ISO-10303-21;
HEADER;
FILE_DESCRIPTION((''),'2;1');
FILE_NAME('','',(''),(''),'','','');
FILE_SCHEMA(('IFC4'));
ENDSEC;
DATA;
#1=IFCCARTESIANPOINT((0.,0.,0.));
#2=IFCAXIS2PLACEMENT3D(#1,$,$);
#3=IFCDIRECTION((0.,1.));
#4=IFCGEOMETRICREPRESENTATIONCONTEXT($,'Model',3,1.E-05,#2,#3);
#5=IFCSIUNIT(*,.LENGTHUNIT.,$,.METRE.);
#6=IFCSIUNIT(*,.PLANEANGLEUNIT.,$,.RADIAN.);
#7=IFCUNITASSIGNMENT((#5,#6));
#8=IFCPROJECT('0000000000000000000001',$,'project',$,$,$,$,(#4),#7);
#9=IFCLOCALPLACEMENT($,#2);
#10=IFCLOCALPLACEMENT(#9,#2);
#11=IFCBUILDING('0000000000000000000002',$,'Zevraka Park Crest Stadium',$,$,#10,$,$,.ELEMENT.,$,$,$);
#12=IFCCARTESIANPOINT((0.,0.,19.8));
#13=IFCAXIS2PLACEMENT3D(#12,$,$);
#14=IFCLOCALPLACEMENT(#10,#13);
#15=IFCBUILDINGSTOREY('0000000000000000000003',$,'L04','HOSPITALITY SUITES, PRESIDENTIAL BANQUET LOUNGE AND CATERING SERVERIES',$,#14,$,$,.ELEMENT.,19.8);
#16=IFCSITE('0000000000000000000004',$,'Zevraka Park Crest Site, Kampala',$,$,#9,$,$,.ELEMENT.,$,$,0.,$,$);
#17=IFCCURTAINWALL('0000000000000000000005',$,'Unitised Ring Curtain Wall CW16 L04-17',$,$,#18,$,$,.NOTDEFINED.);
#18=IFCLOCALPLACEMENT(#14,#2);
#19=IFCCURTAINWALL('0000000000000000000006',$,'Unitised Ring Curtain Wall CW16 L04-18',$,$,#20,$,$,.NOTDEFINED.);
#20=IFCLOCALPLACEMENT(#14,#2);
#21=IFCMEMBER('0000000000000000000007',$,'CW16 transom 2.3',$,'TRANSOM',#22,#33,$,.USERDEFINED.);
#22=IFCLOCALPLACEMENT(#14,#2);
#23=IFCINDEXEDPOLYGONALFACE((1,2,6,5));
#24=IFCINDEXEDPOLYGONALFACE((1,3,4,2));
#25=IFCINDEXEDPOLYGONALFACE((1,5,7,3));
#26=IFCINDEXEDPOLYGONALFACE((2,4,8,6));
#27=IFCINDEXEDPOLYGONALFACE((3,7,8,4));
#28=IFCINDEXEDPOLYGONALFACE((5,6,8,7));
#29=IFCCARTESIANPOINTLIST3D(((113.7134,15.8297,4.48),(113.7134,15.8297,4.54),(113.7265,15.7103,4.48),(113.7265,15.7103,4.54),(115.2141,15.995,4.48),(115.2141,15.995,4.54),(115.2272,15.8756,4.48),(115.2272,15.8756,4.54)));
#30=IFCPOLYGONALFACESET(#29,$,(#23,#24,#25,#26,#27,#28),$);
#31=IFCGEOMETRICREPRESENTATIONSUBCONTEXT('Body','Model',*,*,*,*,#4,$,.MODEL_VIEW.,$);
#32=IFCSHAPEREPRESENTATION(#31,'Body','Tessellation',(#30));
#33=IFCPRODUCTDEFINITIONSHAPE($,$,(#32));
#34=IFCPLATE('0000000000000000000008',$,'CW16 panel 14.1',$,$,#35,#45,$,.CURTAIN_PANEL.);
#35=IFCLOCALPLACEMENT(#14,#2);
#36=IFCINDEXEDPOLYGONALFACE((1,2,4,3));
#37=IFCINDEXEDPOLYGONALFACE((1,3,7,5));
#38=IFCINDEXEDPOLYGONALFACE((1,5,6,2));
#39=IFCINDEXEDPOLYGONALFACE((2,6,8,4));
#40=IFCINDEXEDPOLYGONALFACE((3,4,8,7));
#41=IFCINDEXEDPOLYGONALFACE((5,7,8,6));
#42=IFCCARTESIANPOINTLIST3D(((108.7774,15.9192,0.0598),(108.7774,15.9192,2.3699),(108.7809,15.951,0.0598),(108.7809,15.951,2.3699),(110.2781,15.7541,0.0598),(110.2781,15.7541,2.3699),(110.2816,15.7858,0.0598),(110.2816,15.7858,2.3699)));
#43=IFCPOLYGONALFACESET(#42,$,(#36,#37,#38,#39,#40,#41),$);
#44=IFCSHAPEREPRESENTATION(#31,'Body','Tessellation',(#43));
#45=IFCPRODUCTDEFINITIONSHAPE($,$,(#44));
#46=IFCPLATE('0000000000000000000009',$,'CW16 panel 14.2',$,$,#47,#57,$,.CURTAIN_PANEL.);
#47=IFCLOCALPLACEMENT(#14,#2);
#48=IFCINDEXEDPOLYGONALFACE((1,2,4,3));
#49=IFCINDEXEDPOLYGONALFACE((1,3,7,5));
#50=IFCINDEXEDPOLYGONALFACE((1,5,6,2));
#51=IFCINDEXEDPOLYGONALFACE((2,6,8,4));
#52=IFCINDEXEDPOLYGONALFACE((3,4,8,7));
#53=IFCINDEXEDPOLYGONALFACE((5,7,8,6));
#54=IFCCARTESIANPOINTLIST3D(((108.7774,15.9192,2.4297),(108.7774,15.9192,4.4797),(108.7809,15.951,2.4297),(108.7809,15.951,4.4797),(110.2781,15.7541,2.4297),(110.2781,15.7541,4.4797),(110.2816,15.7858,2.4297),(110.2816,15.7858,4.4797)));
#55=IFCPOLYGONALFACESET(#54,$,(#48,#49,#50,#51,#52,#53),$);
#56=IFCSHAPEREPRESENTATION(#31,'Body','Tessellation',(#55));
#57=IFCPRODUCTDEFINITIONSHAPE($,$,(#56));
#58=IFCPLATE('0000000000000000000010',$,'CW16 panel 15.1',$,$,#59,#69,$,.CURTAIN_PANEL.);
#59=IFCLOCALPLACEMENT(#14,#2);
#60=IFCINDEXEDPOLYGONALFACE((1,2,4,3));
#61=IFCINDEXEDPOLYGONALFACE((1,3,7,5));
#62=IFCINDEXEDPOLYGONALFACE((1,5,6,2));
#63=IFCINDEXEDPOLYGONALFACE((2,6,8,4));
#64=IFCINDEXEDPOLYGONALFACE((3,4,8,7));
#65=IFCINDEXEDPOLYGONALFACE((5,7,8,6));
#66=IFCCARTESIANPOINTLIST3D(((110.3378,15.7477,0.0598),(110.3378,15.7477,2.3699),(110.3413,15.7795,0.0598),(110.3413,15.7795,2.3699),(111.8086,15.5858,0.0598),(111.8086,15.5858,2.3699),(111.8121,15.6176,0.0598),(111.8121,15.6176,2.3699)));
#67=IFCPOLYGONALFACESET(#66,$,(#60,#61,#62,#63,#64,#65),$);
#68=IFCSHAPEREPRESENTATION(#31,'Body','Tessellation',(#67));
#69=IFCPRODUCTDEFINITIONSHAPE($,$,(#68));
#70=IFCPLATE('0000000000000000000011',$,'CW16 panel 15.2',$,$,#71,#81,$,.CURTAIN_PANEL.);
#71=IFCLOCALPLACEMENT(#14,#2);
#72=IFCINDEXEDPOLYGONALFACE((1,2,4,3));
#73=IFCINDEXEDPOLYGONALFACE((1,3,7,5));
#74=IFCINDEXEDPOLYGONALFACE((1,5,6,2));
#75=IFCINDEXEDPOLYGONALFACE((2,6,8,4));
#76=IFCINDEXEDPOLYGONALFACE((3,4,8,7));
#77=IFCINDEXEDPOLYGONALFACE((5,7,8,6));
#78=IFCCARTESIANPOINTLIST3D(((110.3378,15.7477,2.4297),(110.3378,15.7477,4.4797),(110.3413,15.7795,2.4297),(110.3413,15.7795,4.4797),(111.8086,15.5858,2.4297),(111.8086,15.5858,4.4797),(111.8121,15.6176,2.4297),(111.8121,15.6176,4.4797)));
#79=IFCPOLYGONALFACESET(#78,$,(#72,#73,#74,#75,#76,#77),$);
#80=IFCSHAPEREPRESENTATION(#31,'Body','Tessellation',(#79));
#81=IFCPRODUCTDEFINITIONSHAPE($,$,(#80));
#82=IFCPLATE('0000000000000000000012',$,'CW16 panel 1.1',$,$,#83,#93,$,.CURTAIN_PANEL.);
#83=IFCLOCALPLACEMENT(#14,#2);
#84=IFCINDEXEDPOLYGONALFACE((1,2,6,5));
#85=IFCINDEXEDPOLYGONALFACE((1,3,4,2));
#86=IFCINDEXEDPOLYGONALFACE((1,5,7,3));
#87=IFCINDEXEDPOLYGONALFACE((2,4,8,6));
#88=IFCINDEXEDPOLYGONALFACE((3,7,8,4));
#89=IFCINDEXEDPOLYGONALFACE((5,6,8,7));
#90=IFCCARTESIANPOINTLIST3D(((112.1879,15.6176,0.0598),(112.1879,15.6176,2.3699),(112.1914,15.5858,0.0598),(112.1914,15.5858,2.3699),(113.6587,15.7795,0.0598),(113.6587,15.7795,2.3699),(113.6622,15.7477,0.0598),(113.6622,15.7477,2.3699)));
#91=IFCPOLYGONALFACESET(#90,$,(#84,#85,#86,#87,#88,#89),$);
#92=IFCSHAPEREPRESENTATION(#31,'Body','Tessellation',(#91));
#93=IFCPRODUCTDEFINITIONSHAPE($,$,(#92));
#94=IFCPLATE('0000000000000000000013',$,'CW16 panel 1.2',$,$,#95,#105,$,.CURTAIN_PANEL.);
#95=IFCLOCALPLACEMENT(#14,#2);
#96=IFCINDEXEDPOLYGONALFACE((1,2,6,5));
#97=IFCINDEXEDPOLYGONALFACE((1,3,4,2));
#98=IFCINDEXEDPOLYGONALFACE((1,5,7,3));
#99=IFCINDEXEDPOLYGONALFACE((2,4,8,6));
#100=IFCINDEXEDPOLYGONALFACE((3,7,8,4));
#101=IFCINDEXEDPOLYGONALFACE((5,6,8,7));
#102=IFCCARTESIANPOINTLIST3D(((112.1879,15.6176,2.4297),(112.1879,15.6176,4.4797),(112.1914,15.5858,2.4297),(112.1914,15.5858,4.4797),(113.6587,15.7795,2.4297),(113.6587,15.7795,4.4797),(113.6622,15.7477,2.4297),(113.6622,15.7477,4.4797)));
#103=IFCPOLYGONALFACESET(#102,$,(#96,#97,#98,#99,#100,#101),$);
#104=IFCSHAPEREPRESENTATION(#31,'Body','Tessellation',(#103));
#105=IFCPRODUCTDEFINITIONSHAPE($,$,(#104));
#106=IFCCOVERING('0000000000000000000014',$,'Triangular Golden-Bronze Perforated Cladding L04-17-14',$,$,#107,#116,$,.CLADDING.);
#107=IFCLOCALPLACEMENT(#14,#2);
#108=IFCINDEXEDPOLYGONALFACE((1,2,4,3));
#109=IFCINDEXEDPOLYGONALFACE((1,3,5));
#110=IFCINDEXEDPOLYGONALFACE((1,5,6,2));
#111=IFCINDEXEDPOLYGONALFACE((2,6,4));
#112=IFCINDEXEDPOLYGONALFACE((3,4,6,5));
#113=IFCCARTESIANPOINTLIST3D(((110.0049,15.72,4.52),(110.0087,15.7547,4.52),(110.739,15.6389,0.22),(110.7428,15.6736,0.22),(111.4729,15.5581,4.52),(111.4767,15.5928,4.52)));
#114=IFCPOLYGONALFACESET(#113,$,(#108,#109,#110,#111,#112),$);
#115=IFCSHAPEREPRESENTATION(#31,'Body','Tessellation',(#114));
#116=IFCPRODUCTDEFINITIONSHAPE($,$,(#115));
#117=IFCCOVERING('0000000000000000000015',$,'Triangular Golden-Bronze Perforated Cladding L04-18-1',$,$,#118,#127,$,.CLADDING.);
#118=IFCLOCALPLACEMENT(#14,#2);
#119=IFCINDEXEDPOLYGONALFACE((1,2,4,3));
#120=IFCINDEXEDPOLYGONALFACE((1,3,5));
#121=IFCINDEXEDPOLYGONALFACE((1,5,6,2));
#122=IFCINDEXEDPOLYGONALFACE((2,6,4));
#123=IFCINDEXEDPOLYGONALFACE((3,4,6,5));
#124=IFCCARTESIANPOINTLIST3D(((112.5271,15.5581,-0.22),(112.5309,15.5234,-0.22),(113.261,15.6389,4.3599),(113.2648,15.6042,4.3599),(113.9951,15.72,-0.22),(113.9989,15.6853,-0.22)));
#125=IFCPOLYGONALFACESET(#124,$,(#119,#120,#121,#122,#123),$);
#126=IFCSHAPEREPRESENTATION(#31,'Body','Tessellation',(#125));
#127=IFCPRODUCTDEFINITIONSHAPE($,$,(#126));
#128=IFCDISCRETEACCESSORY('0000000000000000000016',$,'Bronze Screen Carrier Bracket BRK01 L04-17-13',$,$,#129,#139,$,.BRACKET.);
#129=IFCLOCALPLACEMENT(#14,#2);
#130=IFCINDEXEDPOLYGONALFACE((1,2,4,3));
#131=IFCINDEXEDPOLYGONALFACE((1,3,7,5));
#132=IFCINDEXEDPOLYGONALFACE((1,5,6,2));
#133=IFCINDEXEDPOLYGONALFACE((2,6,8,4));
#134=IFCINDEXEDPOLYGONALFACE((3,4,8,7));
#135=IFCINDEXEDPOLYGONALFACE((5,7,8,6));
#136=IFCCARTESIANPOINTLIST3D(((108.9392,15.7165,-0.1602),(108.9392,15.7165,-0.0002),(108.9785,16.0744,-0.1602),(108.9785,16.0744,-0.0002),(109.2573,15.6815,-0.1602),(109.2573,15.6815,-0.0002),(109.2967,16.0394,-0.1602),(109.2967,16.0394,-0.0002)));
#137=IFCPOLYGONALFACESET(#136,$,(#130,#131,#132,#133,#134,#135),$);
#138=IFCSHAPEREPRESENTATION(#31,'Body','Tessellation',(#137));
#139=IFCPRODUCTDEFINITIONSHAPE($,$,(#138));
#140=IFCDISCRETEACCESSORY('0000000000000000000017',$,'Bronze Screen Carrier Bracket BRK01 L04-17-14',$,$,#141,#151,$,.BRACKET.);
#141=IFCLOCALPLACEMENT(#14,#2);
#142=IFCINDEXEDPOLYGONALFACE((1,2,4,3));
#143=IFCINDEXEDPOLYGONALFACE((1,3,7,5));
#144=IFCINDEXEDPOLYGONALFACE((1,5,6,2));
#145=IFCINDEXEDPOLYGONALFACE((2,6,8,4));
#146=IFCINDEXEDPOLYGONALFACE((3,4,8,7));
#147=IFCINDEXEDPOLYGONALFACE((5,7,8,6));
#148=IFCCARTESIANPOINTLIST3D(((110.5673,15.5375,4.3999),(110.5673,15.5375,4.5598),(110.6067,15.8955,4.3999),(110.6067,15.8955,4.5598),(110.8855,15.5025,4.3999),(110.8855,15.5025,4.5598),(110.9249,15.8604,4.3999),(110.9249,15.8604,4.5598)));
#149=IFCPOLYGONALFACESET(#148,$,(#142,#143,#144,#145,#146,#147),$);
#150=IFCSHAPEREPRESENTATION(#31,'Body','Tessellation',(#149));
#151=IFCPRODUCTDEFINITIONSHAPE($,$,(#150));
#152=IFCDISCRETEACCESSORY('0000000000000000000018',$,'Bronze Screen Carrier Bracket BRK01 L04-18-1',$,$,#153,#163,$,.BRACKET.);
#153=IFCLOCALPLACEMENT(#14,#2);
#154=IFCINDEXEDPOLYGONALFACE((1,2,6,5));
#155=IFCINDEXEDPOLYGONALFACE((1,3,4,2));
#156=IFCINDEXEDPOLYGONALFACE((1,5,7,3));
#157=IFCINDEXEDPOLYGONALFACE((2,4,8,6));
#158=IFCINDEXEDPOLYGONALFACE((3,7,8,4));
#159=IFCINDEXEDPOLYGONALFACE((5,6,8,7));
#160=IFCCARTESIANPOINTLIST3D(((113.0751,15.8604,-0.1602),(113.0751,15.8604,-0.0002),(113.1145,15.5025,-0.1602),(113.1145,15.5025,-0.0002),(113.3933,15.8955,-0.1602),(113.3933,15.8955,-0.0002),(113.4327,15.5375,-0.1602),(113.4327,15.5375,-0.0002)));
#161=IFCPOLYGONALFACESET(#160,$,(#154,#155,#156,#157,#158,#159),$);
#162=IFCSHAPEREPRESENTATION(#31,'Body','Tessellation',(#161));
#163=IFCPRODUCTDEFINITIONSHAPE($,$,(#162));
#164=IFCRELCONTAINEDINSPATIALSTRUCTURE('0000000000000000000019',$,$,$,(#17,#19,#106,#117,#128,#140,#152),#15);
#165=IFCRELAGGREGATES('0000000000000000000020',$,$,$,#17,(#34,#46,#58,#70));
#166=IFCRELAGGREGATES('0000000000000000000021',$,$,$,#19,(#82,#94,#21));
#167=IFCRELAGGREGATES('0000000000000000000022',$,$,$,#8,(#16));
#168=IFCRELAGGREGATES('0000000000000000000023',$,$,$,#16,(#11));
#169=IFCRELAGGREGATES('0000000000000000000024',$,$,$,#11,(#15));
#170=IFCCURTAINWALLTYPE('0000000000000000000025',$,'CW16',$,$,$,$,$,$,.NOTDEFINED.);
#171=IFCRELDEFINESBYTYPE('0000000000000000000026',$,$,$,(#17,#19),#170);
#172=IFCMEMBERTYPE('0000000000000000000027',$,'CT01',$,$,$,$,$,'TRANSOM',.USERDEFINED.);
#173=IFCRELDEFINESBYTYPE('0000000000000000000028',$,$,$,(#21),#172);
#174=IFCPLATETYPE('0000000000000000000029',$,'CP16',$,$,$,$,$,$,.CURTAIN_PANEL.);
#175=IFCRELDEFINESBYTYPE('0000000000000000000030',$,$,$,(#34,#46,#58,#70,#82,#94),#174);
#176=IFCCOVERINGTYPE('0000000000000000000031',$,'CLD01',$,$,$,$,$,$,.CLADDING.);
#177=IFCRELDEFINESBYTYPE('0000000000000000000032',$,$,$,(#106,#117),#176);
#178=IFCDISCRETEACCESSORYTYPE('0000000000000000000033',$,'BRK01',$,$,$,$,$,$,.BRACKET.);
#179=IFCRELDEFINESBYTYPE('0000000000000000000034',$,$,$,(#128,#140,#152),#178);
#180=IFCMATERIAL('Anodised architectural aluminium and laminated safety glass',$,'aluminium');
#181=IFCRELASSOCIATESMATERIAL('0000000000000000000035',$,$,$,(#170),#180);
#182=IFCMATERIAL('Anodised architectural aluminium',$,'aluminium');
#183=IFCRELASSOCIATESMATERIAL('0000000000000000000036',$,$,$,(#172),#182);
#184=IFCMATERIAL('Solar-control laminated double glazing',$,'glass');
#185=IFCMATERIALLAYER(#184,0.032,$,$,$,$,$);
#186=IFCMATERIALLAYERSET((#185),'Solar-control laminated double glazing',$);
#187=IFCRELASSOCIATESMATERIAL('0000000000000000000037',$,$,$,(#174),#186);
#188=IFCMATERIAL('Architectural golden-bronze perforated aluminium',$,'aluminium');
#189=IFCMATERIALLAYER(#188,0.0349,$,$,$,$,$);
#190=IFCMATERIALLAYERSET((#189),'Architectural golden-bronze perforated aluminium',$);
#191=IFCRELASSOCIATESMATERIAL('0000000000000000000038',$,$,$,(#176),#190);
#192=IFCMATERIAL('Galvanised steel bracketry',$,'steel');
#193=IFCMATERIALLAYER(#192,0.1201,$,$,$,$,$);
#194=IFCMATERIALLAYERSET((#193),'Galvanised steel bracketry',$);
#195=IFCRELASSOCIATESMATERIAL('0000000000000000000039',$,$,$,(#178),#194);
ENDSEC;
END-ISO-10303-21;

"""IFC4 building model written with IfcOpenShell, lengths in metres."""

from ifc_helpers import new_model, si_unit, direction, frame, origin, origin_2d, place, context, subcontext, project, spatial, polyline, rectangle, outline, extrude, material, layer, layer_set, material_profile, profile_set, type_object, element, aggregate, save


model = new_model("IFC4")

# Units and contexts
model_context = context("Model", 3, precision=1e-05, world=origin(), true_north=direction((0.0, 1.0)))
body_context = subcontext(model_context, "Body", "Model", "MODEL_VIEW")
ifc_project = project(units=[si_unit("LENGTHUNIT", "METRE"), si_unit("PLANEANGLEUNIT", "RADIAN")], contexts=[model_context])

# Site, building, storey
site_placement = place(None, origin())
site = spatial("IfcSite", under=ifc_project, at=site_placement, Name="Zevraka Park Crest Site, Kampala", CompositionType="ELEMENT", RefElevation=0.0)
building_placement = place(site_placement, origin())
building = spatial("IfcBuilding", under=site, at=building_placement, Name="Zevraka Park Crest Stadium", CompositionType="ELEMENT")
storey_placement = place(building_placement, frame((0.0, 0.0, 19.8)))
storey = spatial("IfcBuildingStorey", under=building, at=storey_placement, Name="L04", Description="HOSPITALITY SUITES, PRESIDENTIAL BANQUET LOUNGE AND CATERING SERVERIES", CompositionType="ELEMENT", Elevation=19.8)

# Curtain walls
ifc_material_1 = material(Name="Anodised architectural aluminium and laminated safety glass", Category="aluminium")
curtain_wall_type = type_object("IfcCurtainWallType", Name="CW16", PredefinedType="NOTDEFINED", material=ifc_material_1)
curtain_wall_1_placement = place(storey_placement, origin())
curtain_wall_1 = element("IfcCurtainWall", 1, at=curtain_wall_1_placement, inside=storey, type_object=curtain_wall_type, Name="Unitised Ring Curtain Wall CW16 L04-17", PredefinedType="NOTDEFINED")
curtain_wall_2_placement = place(storey_placement, origin())
curtain_wall_2 = element("IfcCurtainWall", 2, at=curtain_wall_2_placement, inside=storey, type_object=curtain_wall_type, Name="Unitised Ring Curtain Wall CW16 L04-18", PredefinedType="NOTDEFINED")

# Member
ifc_material_2 = material(Name="Anodised architectural aluminium", Category="aluminium")
ifc_material_profile_1 = material_profile(ifc_material_2, rectangle(XDim=0.1201, YDim=0.0601, at=origin_2d()), Name="ALU TRANSOM 120x60")
ifc_profile_set_1 = profile_set([ifc_material_profile_1], Name="Anodised architectural aluminium")
member_type_1 = type_object("IfcMemberType", Name="CT01", ElementType="TRANSOM", PredefinedType="USERDEFINED", material=ifc_profile_set_1)
member_1_placement = place(storey_placement, frame((113.72, 15.77, 4.51), z_axis=(0.99399, 0.109473, 0.0), x_axis=(-0.109473, 0.99399, 0.0)))
member_1 = element("IfcMember", 3, at=member_1_placement, type_object=member_type_1, Name="CW16 transom 2.3", ObjectType="TRANSOM", PredefinedType="USERDEFINED", context=body_context, shape_type="SweptSolid", body=[
    extrude(rectangle(XDim=0.1201, YDim=0.0601, at=origin_2d()), origin(), (0.0, 0.0, 1.0), 1.5098),
])

# Plates
ifc_material_3 = material(Name="Solar-control laminated double glazing", Category="glass")
ifc_layer_1 = layer(ifc_material_3, 0.032)
ifc_layer_set_1 = layer_set([ifc_layer_1], Name="Solar-control laminated double glazing")
plate_type = type_object("IfcPlateType", Name="CP16", PredefinedType="CURTAIN_PANEL", material=ifc_layer_set_1)
plate_1_placement = place(storey_placement, frame((109.5295, 15.8525, 0.0598), z_axis=(0.0, 0.0, 1.0), x_axis=(0.993997, -0.109406, 0.0)))
plate_1 = element("IfcPlate", 4, at=plate_1_placement, type_object=plate_type, Name="CW16 panel 14.1", PredefinedType="CURTAIN_PANEL", context=body_context, shape_type="SweptSolid", body=[
    extrude(rectangle(XDim=1.5098, YDim=0.032, at=origin_2d()), origin(), (0.0, 0.0, 1.0), 2.3101),
])
plate_2_placement = place(storey_placement, frame((109.5295, 15.8525, 2.4297), z_axis=(0.0, 0.0, 1.0), x_axis=(0.993997, -0.109406, 0.0)))
plate_2 = element("IfcPlate", 5, at=plate_2_placement, type_object=plate_type, Name="CW16 panel 14.2", PredefinedType="CURTAIN_PANEL", context=body_context, shape_type="SweptSolid", body=[
    extrude(rectangle(XDim=1.5098, YDim=0.032, at=origin_2d()), origin(), (0.0, 0.0, 1.0), 2.05),
])
plate_3_placement = place(storey_placement, frame((111.075, 15.6826, 0.0598), z_axis=(0.0, 0.0, 1.0), x_axis=(0.993997, -0.109406, 0.0)))
plate_3 = element("IfcPlate", 6, at=plate_3_placement, type_object=plate_type, Name="CW16 panel 15.1", PredefinedType="CURTAIN_PANEL", context=body_context, shape_type="SweptSolid", body=[
    extrude(rectangle(XDim=1.4797, YDim=0.032, at=origin_2d()), origin(), (0.0, 0.0, 1.0), 2.3101),
])
plate_4_placement = place(storey_placement, frame((111.075, 15.6826, 2.4297), z_axis=(0.0, 0.0, 1.0), x_axis=(0.993997, -0.109406, 0.0)))
plate_4 = element("IfcPlate", 7, at=plate_4_placement, type_object=plate_type, Name="CW16 panel 15.2", PredefinedType="CURTAIN_PANEL", context=body_context, shape_type="SweptSolid", body=[
    extrude(rectangle(XDim=1.4797, YDim=0.032, at=origin_2d()), origin(), (0.0, 0.0, 1.0), 2.05),
])
aggregate(curtain_wall_1, [plate_1, plate_2, plate_3, plate_4])
plate_5_placement = place(storey_placement, frame((112.925, 15.6826, 0.0598), z_axis=(0.0, 0.0, 1.0), x_axis=(0.993997, 0.109406, 0.0)))
plate_5 = element("IfcPlate", 8, at=plate_5_placement, type_object=plate_type, Name="CW16 panel 1.1", PredefinedType="CURTAIN_PANEL", context=body_context, shape_type="SweptSolid", body=[
    extrude(rectangle(XDim=1.4797, YDim=0.032, at=origin_2d()), origin(), (0.0, 0.0, 1.0), 2.3101),
])
plate_6_placement = place(storey_placement, frame((112.925, 15.6826, 2.4297), z_axis=(0.0, 0.0, 1.0), x_axis=(0.993997, 0.109406, 0.0)))
plate_6 = element("IfcPlate", 9, at=plate_6_placement, type_object=plate_type, Name="CW16 panel 1.2", PredefinedType="CURTAIN_PANEL", context=body_context, shape_type="SweptSolid", body=[
    extrude(rectangle(XDim=1.4797, YDim=0.032, at=origin_2d()), origin(), (0.0, 0.0, 1.0), 2.05),
])
aggregate(curtain_wall_2, [plate_5, plate_6, member_1])

# Coverings
ifc_material_4 = material(Name="Architectural golden-bronze perforated aluminium", Category="aluminium")
ifc_layer_2 = layer(ifc_material_4, 0.0349)
ifc_layer_set_2 = layer_set([ifc_layer_2], Name="Architectural golden-bronze perforated aluminium")
covering_type = type_object("IfcCoveringType", Name="CLD01", PredefinedType="CLADDING", material=ifc_layer_set_2)
covering_1_placement = place(storey_placement, frame((111.4729, 15.5581, 4.52), z_axis=(-0.109597, -0.993976, 0.000025), x_axis=(-0.993976, 0.109597, 0.0)))
element("IfcCovering", 10, at=covering_1_placement, inside=storey, type_object=covering_type, Name="Triangular Golden-Bronze Perforated Cladding L04-17-14", PredefinedType="CLADDING", context=body_context, shape_type="SweptSolid", body=[
    extrude(outline(polyline([(0.0, 0.0), (1.4769, 0.0), (0.7383, 4.3), (0.0, 0.0)])), origin(), (0.0, 0.0, -1.0), 0.0349),
])
covering_2_placement = place(storey_placement, frame((112.5271, 15.5581, -0.22), z_axis=(-0.109597, 0.993976, 0.000024), x_axis=(0.993976, 0.109597, 0.0)))
element("IfcCovering", 11, at=covering_2_placement, inside=storey, type_object=covering_type, Name="Triangular Golden-Bronze Perforated Cladding L04-18-1", PredefinedType="CLADDING", context=body_context, shape_type="SweptSolid", body=[
    extrude(outline(polyline([(0.0, 0.0), (1.4769, 0.0), (0.7383, -4.5798), (0.0, 0.0)])), origin(), (0.0, 0.0, -1.0), 0.0349),
])

# Discrete accessories
ifc_material_5 = material(Name="Galvanised steel bracketry", Category="steel")
ifc_layer_3 = layer(ifc_material_5, 0.1201)
ifc_layer_set_3 = layer_set([ifc_layer_3], Name="Galvanised steel bracketry")
discrete_accessory_type = type_object("IfcDiscreteAccessoryType", Name="BRK01", PredefinedType="BRACKET", material=ifc_layer_set_3)
for number, where, z_axis, x_axis, name in (
    (12, (109.1179, 15.8779, -0.1602), (0.0, 0.0, 1.0), (0.993999, -0.109387, 0.0), "Bronze Screen Carrier Bracket BRK01 L04-17-13"),
    (13, (110.7461, 15.699, 4.3999), (0.0, 0.0, 1.0), (0.993999, -0.109387, 0.0), "Bronze Screen Carrier Bracket BRK01 L04-17-14"),
    (14, (113.2539, 15.699, -0.1602), (0.0, 0.0, 1.0), (0.993999, 0.109387, 0.0), "Bronze Screen Carrier Bracket BRK01 L04-18-1"),
):
    element("IfcDiscreteAccessory", number, at=place(storey_placement, frame(where, z_axis=z_axis, x_axis=x_axis)), inside=storey, type_object=discrete_accessory_type, Name=name, PredefinedType="BRACKET", context=body_context, shape_type="SweptSolid", body=[
        extrude(rectangle(XDim=0.3201, YDim=0.3601, at=origin_2d()), origin(), (0.0, 0.0, 1.0), 0.1599),
    ])

save(model, "model.ifc")
